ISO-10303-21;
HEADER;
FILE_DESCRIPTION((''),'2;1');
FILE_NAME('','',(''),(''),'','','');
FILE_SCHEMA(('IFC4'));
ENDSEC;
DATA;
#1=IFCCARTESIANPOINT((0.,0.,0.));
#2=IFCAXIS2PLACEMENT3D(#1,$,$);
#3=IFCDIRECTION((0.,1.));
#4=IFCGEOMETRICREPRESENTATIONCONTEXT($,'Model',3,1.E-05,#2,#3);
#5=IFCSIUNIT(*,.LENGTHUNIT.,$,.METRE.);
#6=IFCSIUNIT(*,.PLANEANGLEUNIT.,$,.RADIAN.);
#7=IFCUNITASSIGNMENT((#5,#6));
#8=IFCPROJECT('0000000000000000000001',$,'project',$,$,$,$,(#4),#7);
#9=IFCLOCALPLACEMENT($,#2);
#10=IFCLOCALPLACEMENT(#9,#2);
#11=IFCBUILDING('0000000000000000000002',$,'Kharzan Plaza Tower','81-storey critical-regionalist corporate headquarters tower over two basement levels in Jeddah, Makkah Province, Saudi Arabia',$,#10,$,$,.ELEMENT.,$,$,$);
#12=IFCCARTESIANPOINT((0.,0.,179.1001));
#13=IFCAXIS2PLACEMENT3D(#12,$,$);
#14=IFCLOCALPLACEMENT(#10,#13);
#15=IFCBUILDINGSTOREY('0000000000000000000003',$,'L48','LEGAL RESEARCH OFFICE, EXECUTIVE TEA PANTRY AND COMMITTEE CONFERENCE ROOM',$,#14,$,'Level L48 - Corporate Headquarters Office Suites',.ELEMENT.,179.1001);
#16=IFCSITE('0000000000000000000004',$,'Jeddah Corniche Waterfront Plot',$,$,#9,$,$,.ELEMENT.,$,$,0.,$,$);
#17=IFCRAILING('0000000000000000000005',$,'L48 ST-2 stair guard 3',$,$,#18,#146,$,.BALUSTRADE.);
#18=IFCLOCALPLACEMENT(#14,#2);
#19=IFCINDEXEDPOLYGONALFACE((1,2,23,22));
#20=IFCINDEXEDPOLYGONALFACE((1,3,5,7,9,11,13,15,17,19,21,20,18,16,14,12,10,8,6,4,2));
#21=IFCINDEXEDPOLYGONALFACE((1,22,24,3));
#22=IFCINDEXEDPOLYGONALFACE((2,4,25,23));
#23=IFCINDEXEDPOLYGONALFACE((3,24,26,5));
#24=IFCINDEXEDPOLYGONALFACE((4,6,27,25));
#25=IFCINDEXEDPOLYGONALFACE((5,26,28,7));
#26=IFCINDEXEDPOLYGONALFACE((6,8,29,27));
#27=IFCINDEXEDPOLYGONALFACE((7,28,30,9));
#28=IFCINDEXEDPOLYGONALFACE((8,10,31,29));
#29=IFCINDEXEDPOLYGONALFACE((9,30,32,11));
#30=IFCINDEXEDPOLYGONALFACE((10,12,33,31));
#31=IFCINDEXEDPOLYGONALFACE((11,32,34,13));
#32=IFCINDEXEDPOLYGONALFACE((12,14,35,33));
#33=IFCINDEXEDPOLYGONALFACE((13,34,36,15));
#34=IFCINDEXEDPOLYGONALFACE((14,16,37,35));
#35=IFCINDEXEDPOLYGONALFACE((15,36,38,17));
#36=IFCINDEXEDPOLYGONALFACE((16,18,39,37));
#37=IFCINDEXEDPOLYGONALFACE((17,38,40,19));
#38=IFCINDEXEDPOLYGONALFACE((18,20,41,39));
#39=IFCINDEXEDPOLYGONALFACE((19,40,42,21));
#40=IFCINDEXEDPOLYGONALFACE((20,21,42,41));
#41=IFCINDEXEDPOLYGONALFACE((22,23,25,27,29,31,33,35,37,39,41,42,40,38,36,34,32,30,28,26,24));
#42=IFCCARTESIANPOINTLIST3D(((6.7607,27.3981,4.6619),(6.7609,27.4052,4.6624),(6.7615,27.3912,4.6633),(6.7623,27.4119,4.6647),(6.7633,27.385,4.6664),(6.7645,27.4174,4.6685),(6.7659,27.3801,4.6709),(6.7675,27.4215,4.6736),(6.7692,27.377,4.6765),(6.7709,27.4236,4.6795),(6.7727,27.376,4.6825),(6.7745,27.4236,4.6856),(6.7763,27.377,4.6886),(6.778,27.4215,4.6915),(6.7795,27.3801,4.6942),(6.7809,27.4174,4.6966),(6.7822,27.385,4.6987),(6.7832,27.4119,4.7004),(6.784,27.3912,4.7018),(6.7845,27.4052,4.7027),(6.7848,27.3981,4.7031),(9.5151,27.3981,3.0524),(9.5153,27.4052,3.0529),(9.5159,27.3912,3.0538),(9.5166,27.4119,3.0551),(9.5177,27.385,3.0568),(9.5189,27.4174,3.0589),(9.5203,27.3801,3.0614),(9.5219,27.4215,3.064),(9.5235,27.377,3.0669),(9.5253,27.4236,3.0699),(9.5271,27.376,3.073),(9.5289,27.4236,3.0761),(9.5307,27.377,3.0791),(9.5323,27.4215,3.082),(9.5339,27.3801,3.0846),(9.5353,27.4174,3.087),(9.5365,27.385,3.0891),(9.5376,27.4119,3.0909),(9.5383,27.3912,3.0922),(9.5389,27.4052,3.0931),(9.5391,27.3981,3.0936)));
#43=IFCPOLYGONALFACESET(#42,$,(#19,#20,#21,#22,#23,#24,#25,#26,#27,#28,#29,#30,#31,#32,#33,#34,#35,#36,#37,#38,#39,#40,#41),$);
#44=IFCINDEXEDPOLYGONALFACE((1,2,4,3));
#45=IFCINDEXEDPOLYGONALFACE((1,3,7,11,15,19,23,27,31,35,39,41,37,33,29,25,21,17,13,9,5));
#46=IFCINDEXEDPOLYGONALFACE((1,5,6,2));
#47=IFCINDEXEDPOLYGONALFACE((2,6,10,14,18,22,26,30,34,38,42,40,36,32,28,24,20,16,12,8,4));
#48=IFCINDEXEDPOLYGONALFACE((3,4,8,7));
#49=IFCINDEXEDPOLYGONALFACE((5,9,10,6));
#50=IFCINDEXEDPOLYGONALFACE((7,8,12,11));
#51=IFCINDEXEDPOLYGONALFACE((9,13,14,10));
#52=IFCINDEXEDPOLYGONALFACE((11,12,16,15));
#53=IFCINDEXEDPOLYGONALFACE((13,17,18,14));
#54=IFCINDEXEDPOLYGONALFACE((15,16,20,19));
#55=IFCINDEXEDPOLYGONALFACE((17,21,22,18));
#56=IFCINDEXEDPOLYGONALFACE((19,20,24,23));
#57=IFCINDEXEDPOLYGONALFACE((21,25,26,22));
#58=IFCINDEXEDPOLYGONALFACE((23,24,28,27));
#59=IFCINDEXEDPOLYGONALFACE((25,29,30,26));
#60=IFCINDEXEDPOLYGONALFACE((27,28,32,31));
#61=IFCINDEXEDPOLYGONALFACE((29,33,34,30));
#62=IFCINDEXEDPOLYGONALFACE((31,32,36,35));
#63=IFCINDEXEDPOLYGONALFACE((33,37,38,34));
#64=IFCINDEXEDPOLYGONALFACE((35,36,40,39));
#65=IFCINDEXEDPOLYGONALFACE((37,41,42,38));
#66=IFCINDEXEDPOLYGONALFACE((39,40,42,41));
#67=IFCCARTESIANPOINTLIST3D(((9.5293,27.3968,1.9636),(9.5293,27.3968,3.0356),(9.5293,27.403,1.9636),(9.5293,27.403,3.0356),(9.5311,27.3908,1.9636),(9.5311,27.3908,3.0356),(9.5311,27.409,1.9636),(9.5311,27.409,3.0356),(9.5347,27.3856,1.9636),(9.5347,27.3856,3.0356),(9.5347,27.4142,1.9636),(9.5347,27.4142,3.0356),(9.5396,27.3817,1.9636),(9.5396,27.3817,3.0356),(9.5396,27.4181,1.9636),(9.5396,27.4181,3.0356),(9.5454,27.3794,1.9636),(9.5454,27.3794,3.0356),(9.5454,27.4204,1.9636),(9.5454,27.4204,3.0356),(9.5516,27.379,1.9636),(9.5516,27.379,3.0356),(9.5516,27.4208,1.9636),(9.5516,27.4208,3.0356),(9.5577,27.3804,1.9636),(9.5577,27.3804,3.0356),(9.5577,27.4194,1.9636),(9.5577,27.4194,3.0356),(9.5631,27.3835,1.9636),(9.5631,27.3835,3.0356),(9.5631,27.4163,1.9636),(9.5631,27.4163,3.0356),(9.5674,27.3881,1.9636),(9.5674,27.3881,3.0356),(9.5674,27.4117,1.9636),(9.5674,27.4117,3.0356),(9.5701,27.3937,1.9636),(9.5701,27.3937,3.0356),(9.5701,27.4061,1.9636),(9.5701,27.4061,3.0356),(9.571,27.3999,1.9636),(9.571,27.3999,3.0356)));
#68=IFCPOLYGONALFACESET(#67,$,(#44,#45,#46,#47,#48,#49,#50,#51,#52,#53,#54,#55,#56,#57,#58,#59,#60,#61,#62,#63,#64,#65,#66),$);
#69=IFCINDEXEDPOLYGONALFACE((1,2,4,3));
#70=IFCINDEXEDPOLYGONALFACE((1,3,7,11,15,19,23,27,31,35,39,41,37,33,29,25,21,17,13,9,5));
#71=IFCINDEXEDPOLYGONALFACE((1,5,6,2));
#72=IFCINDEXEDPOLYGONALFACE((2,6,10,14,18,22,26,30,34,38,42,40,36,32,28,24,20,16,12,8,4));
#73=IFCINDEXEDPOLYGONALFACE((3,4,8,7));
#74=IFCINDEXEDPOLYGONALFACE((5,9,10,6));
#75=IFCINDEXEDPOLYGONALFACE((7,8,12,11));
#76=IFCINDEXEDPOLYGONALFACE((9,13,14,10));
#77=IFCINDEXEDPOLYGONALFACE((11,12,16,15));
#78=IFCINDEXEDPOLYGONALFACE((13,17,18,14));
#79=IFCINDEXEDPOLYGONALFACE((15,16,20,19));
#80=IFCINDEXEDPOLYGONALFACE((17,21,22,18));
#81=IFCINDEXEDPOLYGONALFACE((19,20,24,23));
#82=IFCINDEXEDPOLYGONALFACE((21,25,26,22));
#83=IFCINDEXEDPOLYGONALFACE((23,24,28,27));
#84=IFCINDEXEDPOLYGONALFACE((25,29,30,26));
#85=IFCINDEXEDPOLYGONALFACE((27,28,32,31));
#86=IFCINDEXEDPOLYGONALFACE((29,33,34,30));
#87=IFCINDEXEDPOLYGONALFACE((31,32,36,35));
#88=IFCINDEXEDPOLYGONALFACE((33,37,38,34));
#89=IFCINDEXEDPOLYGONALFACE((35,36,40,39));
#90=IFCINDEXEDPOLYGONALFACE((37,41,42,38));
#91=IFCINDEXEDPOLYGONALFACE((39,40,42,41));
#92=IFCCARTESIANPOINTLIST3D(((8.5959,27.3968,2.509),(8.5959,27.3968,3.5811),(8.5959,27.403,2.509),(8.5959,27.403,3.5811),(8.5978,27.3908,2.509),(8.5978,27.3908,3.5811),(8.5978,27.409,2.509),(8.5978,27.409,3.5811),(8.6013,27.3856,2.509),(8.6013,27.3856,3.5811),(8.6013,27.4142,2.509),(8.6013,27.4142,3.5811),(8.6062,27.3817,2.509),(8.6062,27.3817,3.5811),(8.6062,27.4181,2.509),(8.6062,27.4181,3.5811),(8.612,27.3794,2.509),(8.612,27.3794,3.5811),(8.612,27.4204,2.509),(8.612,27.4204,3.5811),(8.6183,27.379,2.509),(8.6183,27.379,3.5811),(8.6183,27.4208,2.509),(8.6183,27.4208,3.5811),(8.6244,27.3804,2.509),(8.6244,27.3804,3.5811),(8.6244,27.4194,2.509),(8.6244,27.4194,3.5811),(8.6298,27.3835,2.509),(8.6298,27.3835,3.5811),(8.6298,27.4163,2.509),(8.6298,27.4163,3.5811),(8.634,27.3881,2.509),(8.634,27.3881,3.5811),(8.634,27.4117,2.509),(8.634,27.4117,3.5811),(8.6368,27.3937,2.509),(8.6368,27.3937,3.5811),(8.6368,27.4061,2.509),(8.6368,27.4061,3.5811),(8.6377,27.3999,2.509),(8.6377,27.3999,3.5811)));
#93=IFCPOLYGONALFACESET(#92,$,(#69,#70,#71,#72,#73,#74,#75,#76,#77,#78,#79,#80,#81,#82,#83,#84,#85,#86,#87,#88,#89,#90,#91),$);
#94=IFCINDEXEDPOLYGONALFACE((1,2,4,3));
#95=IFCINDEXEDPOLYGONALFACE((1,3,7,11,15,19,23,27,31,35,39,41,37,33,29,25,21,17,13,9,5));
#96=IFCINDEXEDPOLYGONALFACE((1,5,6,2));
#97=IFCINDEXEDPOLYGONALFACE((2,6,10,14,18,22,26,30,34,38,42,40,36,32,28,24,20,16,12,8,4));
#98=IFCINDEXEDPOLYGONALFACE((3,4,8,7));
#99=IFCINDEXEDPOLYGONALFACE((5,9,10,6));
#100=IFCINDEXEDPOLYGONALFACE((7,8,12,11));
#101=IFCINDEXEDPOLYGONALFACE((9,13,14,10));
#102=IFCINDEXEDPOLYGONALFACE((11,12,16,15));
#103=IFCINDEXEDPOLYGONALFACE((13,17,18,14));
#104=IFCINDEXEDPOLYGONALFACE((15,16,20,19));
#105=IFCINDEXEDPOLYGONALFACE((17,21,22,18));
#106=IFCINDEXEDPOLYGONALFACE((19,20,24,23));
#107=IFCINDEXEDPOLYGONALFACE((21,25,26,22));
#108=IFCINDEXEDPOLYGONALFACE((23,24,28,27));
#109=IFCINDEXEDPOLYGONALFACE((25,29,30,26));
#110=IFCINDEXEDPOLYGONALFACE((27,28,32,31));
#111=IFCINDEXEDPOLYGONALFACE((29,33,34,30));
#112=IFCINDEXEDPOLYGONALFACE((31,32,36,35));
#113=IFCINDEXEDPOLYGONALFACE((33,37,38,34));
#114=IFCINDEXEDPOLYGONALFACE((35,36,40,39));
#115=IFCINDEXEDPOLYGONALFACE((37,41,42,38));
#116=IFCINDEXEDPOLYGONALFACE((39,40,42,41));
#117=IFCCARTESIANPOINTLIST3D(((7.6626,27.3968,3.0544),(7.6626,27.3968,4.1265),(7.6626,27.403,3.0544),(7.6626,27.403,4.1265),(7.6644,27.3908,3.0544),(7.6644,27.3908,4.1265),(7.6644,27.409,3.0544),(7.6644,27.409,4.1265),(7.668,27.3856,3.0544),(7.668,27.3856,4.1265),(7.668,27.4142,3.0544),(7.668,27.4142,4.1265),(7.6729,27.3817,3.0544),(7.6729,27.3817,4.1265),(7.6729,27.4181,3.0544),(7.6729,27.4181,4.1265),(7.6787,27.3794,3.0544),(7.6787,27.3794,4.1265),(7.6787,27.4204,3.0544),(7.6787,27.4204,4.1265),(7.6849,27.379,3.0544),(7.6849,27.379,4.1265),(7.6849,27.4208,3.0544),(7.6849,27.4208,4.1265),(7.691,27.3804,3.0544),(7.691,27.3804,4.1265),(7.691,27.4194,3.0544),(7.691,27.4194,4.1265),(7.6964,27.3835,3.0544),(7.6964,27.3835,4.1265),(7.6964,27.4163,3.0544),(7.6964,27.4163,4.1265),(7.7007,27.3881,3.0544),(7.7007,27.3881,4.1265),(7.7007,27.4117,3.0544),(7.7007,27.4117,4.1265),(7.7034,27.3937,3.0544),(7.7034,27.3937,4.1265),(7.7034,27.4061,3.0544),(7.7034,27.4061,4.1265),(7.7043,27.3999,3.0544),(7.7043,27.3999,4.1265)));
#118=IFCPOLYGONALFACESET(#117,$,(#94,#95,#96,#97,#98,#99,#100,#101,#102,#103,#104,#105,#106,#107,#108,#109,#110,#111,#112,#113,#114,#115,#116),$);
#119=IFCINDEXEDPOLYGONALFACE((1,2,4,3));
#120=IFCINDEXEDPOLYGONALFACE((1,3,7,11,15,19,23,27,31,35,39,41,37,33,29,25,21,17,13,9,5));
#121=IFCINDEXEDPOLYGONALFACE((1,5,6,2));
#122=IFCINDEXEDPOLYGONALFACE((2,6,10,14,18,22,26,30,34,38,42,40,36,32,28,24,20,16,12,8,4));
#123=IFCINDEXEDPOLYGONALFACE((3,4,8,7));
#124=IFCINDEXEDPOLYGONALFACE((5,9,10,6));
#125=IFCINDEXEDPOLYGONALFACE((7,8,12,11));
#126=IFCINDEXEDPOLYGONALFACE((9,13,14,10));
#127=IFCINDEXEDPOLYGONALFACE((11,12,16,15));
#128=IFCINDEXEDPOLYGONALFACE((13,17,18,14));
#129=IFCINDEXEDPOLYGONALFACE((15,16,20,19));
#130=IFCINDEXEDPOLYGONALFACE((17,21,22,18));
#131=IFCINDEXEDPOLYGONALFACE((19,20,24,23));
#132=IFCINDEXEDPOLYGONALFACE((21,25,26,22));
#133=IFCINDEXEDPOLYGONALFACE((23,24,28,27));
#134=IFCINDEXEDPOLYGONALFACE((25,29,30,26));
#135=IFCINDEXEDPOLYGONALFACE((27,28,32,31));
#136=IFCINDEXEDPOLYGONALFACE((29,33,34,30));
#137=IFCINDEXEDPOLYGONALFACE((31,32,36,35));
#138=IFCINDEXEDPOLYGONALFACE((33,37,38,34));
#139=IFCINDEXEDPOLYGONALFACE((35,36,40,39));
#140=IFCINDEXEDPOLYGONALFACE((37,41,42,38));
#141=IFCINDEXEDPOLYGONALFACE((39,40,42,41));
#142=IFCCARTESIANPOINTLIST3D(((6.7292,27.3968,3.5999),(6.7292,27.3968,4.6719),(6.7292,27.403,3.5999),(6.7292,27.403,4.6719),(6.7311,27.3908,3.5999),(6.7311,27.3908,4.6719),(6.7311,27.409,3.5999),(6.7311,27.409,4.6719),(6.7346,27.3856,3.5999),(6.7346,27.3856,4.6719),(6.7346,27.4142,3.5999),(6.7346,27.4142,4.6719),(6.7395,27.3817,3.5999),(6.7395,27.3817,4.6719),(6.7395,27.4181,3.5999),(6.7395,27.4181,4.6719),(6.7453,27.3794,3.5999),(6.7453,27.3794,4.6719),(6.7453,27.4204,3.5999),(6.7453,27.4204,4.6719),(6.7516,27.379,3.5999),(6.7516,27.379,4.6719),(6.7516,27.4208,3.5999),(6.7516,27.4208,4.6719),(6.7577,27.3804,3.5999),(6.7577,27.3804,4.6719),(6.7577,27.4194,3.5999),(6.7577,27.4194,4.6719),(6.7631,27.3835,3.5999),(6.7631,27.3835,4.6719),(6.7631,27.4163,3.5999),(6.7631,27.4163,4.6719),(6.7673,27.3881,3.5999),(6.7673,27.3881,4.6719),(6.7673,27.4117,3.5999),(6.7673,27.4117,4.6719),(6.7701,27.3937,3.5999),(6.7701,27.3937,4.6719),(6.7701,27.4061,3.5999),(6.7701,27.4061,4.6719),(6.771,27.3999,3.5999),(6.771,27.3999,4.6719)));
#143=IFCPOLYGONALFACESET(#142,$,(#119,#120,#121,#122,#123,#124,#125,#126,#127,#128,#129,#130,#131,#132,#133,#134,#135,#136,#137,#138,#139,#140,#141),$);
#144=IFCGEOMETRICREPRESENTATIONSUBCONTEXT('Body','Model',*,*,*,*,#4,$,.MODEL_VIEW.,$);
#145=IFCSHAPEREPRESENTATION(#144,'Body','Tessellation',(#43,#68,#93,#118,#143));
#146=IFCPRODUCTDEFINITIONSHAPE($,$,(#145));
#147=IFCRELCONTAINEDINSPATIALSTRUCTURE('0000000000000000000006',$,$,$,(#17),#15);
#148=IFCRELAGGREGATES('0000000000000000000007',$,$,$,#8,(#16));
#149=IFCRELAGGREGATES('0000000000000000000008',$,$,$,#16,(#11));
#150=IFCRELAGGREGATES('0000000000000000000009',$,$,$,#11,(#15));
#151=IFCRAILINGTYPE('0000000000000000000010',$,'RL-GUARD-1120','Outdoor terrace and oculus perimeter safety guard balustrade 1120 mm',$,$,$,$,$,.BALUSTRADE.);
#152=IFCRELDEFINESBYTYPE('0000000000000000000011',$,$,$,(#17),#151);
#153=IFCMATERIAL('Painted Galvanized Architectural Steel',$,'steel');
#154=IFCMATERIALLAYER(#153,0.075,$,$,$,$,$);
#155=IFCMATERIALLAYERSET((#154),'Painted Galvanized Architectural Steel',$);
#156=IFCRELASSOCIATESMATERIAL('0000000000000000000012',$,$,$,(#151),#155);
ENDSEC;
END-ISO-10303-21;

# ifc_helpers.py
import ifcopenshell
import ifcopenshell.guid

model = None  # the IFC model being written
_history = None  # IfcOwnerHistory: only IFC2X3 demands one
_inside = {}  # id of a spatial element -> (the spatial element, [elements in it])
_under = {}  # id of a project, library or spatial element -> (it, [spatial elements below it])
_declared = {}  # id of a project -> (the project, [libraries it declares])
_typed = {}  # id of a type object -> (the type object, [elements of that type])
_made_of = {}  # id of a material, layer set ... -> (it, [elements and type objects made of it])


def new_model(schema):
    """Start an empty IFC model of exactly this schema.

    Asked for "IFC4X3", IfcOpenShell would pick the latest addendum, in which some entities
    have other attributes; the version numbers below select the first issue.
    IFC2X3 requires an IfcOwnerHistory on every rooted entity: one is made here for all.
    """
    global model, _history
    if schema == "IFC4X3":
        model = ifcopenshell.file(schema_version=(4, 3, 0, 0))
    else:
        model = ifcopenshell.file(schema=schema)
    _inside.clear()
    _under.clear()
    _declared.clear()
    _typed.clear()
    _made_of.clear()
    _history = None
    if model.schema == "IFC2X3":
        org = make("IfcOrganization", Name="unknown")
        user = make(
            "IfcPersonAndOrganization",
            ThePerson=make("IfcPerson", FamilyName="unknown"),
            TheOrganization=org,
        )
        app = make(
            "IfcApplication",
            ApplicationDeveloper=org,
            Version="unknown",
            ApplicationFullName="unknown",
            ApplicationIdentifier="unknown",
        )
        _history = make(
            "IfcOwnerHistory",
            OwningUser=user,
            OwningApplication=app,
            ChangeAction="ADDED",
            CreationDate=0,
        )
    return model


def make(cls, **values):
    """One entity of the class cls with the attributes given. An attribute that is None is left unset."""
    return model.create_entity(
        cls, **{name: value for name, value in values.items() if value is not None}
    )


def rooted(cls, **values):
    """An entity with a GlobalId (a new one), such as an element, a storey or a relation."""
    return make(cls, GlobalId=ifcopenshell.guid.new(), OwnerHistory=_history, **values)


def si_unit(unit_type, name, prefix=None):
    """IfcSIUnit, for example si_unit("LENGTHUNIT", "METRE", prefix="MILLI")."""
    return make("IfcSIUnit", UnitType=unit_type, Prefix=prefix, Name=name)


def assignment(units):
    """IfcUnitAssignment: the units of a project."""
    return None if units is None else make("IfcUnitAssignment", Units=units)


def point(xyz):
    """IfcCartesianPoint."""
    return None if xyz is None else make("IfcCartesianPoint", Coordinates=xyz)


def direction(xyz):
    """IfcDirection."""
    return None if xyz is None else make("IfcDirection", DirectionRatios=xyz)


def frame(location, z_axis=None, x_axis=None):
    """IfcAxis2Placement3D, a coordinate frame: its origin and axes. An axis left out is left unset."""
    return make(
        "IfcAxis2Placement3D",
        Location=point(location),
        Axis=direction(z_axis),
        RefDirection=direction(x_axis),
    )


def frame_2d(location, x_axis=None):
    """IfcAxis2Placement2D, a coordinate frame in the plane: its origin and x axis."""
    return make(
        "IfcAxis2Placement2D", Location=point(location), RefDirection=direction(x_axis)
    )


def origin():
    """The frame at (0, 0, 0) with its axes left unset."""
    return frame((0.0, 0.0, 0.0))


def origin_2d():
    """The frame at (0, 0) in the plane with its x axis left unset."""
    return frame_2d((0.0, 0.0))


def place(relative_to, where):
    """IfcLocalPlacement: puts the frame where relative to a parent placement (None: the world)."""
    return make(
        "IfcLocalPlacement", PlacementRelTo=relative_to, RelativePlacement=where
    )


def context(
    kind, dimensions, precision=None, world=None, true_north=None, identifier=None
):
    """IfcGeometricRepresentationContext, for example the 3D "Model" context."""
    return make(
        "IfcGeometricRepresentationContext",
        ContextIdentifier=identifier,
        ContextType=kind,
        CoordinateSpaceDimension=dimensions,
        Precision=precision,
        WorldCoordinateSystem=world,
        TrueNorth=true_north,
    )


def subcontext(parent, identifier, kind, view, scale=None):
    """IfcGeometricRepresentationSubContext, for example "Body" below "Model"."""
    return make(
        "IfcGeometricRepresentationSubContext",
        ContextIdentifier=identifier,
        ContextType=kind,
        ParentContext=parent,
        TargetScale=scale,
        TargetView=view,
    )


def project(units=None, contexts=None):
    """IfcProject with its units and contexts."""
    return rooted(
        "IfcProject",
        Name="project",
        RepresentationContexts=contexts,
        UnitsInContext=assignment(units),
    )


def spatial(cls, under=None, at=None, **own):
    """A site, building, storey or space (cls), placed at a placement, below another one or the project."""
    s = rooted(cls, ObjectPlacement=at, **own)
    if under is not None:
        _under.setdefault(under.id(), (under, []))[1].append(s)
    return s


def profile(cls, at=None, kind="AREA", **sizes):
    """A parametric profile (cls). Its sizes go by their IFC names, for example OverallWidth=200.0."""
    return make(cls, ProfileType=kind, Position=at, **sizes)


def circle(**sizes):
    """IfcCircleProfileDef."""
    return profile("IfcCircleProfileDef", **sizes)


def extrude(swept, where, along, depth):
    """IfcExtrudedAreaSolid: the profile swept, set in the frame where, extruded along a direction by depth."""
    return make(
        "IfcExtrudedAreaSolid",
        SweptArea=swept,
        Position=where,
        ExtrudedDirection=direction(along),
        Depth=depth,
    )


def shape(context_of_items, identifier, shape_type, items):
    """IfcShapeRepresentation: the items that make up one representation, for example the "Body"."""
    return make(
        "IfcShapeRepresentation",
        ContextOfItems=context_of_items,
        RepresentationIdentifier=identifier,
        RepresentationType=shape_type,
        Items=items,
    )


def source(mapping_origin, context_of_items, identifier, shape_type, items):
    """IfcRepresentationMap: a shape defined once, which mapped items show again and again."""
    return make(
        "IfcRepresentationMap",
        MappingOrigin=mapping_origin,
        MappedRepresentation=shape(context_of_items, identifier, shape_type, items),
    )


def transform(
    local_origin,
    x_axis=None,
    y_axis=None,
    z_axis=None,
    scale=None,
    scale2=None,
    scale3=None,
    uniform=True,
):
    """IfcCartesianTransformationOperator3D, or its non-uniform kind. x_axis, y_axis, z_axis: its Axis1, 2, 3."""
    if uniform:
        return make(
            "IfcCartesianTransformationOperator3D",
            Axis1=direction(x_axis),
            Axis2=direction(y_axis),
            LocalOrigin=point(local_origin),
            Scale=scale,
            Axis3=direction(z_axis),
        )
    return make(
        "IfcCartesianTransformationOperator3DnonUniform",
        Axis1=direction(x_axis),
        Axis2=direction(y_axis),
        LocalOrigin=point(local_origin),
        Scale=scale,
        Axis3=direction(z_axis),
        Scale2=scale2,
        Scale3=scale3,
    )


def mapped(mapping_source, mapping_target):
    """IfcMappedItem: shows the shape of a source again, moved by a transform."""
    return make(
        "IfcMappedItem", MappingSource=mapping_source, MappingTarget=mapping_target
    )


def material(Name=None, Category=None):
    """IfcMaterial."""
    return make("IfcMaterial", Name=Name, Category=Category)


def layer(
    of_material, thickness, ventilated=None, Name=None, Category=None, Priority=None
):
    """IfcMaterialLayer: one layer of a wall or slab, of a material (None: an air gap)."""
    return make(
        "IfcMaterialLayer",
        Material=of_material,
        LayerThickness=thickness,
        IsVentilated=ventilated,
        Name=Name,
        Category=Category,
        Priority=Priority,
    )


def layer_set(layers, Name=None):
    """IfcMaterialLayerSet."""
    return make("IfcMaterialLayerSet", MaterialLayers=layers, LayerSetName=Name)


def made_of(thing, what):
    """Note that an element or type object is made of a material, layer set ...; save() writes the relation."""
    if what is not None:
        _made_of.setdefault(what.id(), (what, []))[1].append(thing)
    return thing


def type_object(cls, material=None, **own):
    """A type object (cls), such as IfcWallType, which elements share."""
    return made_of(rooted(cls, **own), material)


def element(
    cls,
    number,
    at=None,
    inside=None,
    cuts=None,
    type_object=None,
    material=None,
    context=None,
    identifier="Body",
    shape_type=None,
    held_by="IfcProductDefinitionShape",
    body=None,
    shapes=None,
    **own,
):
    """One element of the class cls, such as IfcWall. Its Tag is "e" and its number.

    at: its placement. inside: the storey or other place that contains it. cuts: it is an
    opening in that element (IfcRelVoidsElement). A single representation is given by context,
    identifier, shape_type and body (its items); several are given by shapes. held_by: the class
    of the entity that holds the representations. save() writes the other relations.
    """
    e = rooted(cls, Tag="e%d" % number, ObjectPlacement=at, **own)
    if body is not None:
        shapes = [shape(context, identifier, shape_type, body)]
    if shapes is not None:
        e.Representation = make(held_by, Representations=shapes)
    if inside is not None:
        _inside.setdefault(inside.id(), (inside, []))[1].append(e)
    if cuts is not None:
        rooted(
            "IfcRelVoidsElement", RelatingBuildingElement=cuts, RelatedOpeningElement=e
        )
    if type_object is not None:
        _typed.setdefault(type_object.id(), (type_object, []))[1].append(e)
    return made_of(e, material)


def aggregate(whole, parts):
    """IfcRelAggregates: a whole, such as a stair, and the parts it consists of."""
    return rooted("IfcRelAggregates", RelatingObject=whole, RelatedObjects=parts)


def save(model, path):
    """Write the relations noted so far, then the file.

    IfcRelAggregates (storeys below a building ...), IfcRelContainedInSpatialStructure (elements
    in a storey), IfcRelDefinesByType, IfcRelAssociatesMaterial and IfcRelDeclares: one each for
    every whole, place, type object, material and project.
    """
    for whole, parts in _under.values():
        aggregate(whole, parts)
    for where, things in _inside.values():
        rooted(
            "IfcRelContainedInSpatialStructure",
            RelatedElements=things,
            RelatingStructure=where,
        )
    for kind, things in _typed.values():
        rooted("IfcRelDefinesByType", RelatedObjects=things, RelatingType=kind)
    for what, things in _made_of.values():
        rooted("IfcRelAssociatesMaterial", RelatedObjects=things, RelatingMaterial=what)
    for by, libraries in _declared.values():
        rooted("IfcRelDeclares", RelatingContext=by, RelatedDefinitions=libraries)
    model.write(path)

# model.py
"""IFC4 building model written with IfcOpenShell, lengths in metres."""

from ifc_helpers import new_model, si_unit, direction, frame, origin, origin_2d, place, context, subcontext, project, spatial, circle, extrude, source, transform, mapped, material, layer, layer_set, type_object, element, save


model = new_model("IFC4")

# Units and contexts
model_context = context("Model", 3, precision=1e-05, world=origin(), true_north=direction((0.0, 1.0)))
body_context = subcontext(model_context, "Body", "Model", "MODEL_VIEW")
ifc_project = project(units=[si_unit("LENGTHUNIT", "METRE"), si_unit("PLANEANGLEUNIT", "RADIAN")], contexts=[model_context])

# Site, building, storey
site_placement = place(None, origin())
site = spatial("IfcSite", under=ifc_project, at=site_placement, Name="Jeddah Corniche Waterfront Plot", CompositionType="ELEMENT", RefElevation=0.0)
building_placement = place(site_placement, origin())
building = spatial("IfcBuilding", under=site, at=building_placement, Name="Kharzan Plaza Tower", Description="81-storey critical-regionalist corporate headquarters tower over two basement levels in Jeddah, Makkah Province, Saudi Arabia", CompositionType="ELEMENT")
storey_placement = place(building_placement, frame((0.0, 0.0, 179.1001)))
storey = spatial("IfcBuildingStorey", under=building, at=storey_placement, Name="L48", Description="LEGAL RESEARCH OFFICE, EXECUTIVE TEA PANTRY AND COMMITTEE CONFERENCE ROOM", LongName="Level L48 - Corporate Headquarters Office Suites", CompositionType="ELEMENT", Elevation=179.1001)

# Railing
ifc_material_1 = material(Name="Painted Galvanized Architectural Steel", Category="steel")
ifc_layer_1 = layer(ifc_material_1, 0.075)
ifc_layer_set_1 = layer_set([ifc_layer_1], Name="Painted Galvanized Architectural Steel")
railing_type_1 = type_object("IfcRailingType", Name="RL-GUARD-1120", Description="Outdoor terrace and oculus perimeter safety guard balustrade 1120 mm", PredefinedType="BALUSTRADE", material=ifc_layer_set_1)
shared_shape_1 = source(origin(), body_context, "Body", "SweptSolid", [
    extrude(circle(Radius=0.0239, at=origin_2d()), frame((-0.0229, 0.0, 1.1094), z_axis=(-0.863394, 0.0, 0.504531), x_axis=(0.0, -1.0, 0.0)), (0.0, 0.0, 1.0), 3.1902),
    extrude(circle(Radius=0.021, at=origin_2d()), origin(), (0.0, 0.0, 1.0), 1.072),
    extrude(circle(Radius=0.021, at=origin_2d()), frame((-0.9333, 0.0, 0.5454)), (0.0, 0.0, 1.0), 1.072),
    extrude(circle(Radius=0.021, at=origin_2d()), frame((-1.8667, 0.0, 1.0908)), (0.0, 0.0, 1.0), 1.072),
    extrude(circle(Radius=0.021, at=origin_2d()), frame((-2.8, 0.0, 1.6362)), (0.0, 0.0, 1.0), 1.072),
])
railing_1_placement = place(storey_placement, frame((9.55, 27.3999, 1.9636)))
element("IfcRailing", 1, at=railing_1_placement, inside=storey, type_object=railing_type_1, Name="L48 ST-2 stair guard 3", PredefinedType="BALUSTRADE", context=body_context, shape_type="MappedRepresentation", body=[
    mapped(shared_shape_1, transform((0.0, 0.0, 0.0), x_axis=(1.0, 0.0, 0.0), y_axis=(0.0, 1.0, 0.0), z_axis=(0.0, 0.0, 1.0))),
])

save(model, "model.ifc")
